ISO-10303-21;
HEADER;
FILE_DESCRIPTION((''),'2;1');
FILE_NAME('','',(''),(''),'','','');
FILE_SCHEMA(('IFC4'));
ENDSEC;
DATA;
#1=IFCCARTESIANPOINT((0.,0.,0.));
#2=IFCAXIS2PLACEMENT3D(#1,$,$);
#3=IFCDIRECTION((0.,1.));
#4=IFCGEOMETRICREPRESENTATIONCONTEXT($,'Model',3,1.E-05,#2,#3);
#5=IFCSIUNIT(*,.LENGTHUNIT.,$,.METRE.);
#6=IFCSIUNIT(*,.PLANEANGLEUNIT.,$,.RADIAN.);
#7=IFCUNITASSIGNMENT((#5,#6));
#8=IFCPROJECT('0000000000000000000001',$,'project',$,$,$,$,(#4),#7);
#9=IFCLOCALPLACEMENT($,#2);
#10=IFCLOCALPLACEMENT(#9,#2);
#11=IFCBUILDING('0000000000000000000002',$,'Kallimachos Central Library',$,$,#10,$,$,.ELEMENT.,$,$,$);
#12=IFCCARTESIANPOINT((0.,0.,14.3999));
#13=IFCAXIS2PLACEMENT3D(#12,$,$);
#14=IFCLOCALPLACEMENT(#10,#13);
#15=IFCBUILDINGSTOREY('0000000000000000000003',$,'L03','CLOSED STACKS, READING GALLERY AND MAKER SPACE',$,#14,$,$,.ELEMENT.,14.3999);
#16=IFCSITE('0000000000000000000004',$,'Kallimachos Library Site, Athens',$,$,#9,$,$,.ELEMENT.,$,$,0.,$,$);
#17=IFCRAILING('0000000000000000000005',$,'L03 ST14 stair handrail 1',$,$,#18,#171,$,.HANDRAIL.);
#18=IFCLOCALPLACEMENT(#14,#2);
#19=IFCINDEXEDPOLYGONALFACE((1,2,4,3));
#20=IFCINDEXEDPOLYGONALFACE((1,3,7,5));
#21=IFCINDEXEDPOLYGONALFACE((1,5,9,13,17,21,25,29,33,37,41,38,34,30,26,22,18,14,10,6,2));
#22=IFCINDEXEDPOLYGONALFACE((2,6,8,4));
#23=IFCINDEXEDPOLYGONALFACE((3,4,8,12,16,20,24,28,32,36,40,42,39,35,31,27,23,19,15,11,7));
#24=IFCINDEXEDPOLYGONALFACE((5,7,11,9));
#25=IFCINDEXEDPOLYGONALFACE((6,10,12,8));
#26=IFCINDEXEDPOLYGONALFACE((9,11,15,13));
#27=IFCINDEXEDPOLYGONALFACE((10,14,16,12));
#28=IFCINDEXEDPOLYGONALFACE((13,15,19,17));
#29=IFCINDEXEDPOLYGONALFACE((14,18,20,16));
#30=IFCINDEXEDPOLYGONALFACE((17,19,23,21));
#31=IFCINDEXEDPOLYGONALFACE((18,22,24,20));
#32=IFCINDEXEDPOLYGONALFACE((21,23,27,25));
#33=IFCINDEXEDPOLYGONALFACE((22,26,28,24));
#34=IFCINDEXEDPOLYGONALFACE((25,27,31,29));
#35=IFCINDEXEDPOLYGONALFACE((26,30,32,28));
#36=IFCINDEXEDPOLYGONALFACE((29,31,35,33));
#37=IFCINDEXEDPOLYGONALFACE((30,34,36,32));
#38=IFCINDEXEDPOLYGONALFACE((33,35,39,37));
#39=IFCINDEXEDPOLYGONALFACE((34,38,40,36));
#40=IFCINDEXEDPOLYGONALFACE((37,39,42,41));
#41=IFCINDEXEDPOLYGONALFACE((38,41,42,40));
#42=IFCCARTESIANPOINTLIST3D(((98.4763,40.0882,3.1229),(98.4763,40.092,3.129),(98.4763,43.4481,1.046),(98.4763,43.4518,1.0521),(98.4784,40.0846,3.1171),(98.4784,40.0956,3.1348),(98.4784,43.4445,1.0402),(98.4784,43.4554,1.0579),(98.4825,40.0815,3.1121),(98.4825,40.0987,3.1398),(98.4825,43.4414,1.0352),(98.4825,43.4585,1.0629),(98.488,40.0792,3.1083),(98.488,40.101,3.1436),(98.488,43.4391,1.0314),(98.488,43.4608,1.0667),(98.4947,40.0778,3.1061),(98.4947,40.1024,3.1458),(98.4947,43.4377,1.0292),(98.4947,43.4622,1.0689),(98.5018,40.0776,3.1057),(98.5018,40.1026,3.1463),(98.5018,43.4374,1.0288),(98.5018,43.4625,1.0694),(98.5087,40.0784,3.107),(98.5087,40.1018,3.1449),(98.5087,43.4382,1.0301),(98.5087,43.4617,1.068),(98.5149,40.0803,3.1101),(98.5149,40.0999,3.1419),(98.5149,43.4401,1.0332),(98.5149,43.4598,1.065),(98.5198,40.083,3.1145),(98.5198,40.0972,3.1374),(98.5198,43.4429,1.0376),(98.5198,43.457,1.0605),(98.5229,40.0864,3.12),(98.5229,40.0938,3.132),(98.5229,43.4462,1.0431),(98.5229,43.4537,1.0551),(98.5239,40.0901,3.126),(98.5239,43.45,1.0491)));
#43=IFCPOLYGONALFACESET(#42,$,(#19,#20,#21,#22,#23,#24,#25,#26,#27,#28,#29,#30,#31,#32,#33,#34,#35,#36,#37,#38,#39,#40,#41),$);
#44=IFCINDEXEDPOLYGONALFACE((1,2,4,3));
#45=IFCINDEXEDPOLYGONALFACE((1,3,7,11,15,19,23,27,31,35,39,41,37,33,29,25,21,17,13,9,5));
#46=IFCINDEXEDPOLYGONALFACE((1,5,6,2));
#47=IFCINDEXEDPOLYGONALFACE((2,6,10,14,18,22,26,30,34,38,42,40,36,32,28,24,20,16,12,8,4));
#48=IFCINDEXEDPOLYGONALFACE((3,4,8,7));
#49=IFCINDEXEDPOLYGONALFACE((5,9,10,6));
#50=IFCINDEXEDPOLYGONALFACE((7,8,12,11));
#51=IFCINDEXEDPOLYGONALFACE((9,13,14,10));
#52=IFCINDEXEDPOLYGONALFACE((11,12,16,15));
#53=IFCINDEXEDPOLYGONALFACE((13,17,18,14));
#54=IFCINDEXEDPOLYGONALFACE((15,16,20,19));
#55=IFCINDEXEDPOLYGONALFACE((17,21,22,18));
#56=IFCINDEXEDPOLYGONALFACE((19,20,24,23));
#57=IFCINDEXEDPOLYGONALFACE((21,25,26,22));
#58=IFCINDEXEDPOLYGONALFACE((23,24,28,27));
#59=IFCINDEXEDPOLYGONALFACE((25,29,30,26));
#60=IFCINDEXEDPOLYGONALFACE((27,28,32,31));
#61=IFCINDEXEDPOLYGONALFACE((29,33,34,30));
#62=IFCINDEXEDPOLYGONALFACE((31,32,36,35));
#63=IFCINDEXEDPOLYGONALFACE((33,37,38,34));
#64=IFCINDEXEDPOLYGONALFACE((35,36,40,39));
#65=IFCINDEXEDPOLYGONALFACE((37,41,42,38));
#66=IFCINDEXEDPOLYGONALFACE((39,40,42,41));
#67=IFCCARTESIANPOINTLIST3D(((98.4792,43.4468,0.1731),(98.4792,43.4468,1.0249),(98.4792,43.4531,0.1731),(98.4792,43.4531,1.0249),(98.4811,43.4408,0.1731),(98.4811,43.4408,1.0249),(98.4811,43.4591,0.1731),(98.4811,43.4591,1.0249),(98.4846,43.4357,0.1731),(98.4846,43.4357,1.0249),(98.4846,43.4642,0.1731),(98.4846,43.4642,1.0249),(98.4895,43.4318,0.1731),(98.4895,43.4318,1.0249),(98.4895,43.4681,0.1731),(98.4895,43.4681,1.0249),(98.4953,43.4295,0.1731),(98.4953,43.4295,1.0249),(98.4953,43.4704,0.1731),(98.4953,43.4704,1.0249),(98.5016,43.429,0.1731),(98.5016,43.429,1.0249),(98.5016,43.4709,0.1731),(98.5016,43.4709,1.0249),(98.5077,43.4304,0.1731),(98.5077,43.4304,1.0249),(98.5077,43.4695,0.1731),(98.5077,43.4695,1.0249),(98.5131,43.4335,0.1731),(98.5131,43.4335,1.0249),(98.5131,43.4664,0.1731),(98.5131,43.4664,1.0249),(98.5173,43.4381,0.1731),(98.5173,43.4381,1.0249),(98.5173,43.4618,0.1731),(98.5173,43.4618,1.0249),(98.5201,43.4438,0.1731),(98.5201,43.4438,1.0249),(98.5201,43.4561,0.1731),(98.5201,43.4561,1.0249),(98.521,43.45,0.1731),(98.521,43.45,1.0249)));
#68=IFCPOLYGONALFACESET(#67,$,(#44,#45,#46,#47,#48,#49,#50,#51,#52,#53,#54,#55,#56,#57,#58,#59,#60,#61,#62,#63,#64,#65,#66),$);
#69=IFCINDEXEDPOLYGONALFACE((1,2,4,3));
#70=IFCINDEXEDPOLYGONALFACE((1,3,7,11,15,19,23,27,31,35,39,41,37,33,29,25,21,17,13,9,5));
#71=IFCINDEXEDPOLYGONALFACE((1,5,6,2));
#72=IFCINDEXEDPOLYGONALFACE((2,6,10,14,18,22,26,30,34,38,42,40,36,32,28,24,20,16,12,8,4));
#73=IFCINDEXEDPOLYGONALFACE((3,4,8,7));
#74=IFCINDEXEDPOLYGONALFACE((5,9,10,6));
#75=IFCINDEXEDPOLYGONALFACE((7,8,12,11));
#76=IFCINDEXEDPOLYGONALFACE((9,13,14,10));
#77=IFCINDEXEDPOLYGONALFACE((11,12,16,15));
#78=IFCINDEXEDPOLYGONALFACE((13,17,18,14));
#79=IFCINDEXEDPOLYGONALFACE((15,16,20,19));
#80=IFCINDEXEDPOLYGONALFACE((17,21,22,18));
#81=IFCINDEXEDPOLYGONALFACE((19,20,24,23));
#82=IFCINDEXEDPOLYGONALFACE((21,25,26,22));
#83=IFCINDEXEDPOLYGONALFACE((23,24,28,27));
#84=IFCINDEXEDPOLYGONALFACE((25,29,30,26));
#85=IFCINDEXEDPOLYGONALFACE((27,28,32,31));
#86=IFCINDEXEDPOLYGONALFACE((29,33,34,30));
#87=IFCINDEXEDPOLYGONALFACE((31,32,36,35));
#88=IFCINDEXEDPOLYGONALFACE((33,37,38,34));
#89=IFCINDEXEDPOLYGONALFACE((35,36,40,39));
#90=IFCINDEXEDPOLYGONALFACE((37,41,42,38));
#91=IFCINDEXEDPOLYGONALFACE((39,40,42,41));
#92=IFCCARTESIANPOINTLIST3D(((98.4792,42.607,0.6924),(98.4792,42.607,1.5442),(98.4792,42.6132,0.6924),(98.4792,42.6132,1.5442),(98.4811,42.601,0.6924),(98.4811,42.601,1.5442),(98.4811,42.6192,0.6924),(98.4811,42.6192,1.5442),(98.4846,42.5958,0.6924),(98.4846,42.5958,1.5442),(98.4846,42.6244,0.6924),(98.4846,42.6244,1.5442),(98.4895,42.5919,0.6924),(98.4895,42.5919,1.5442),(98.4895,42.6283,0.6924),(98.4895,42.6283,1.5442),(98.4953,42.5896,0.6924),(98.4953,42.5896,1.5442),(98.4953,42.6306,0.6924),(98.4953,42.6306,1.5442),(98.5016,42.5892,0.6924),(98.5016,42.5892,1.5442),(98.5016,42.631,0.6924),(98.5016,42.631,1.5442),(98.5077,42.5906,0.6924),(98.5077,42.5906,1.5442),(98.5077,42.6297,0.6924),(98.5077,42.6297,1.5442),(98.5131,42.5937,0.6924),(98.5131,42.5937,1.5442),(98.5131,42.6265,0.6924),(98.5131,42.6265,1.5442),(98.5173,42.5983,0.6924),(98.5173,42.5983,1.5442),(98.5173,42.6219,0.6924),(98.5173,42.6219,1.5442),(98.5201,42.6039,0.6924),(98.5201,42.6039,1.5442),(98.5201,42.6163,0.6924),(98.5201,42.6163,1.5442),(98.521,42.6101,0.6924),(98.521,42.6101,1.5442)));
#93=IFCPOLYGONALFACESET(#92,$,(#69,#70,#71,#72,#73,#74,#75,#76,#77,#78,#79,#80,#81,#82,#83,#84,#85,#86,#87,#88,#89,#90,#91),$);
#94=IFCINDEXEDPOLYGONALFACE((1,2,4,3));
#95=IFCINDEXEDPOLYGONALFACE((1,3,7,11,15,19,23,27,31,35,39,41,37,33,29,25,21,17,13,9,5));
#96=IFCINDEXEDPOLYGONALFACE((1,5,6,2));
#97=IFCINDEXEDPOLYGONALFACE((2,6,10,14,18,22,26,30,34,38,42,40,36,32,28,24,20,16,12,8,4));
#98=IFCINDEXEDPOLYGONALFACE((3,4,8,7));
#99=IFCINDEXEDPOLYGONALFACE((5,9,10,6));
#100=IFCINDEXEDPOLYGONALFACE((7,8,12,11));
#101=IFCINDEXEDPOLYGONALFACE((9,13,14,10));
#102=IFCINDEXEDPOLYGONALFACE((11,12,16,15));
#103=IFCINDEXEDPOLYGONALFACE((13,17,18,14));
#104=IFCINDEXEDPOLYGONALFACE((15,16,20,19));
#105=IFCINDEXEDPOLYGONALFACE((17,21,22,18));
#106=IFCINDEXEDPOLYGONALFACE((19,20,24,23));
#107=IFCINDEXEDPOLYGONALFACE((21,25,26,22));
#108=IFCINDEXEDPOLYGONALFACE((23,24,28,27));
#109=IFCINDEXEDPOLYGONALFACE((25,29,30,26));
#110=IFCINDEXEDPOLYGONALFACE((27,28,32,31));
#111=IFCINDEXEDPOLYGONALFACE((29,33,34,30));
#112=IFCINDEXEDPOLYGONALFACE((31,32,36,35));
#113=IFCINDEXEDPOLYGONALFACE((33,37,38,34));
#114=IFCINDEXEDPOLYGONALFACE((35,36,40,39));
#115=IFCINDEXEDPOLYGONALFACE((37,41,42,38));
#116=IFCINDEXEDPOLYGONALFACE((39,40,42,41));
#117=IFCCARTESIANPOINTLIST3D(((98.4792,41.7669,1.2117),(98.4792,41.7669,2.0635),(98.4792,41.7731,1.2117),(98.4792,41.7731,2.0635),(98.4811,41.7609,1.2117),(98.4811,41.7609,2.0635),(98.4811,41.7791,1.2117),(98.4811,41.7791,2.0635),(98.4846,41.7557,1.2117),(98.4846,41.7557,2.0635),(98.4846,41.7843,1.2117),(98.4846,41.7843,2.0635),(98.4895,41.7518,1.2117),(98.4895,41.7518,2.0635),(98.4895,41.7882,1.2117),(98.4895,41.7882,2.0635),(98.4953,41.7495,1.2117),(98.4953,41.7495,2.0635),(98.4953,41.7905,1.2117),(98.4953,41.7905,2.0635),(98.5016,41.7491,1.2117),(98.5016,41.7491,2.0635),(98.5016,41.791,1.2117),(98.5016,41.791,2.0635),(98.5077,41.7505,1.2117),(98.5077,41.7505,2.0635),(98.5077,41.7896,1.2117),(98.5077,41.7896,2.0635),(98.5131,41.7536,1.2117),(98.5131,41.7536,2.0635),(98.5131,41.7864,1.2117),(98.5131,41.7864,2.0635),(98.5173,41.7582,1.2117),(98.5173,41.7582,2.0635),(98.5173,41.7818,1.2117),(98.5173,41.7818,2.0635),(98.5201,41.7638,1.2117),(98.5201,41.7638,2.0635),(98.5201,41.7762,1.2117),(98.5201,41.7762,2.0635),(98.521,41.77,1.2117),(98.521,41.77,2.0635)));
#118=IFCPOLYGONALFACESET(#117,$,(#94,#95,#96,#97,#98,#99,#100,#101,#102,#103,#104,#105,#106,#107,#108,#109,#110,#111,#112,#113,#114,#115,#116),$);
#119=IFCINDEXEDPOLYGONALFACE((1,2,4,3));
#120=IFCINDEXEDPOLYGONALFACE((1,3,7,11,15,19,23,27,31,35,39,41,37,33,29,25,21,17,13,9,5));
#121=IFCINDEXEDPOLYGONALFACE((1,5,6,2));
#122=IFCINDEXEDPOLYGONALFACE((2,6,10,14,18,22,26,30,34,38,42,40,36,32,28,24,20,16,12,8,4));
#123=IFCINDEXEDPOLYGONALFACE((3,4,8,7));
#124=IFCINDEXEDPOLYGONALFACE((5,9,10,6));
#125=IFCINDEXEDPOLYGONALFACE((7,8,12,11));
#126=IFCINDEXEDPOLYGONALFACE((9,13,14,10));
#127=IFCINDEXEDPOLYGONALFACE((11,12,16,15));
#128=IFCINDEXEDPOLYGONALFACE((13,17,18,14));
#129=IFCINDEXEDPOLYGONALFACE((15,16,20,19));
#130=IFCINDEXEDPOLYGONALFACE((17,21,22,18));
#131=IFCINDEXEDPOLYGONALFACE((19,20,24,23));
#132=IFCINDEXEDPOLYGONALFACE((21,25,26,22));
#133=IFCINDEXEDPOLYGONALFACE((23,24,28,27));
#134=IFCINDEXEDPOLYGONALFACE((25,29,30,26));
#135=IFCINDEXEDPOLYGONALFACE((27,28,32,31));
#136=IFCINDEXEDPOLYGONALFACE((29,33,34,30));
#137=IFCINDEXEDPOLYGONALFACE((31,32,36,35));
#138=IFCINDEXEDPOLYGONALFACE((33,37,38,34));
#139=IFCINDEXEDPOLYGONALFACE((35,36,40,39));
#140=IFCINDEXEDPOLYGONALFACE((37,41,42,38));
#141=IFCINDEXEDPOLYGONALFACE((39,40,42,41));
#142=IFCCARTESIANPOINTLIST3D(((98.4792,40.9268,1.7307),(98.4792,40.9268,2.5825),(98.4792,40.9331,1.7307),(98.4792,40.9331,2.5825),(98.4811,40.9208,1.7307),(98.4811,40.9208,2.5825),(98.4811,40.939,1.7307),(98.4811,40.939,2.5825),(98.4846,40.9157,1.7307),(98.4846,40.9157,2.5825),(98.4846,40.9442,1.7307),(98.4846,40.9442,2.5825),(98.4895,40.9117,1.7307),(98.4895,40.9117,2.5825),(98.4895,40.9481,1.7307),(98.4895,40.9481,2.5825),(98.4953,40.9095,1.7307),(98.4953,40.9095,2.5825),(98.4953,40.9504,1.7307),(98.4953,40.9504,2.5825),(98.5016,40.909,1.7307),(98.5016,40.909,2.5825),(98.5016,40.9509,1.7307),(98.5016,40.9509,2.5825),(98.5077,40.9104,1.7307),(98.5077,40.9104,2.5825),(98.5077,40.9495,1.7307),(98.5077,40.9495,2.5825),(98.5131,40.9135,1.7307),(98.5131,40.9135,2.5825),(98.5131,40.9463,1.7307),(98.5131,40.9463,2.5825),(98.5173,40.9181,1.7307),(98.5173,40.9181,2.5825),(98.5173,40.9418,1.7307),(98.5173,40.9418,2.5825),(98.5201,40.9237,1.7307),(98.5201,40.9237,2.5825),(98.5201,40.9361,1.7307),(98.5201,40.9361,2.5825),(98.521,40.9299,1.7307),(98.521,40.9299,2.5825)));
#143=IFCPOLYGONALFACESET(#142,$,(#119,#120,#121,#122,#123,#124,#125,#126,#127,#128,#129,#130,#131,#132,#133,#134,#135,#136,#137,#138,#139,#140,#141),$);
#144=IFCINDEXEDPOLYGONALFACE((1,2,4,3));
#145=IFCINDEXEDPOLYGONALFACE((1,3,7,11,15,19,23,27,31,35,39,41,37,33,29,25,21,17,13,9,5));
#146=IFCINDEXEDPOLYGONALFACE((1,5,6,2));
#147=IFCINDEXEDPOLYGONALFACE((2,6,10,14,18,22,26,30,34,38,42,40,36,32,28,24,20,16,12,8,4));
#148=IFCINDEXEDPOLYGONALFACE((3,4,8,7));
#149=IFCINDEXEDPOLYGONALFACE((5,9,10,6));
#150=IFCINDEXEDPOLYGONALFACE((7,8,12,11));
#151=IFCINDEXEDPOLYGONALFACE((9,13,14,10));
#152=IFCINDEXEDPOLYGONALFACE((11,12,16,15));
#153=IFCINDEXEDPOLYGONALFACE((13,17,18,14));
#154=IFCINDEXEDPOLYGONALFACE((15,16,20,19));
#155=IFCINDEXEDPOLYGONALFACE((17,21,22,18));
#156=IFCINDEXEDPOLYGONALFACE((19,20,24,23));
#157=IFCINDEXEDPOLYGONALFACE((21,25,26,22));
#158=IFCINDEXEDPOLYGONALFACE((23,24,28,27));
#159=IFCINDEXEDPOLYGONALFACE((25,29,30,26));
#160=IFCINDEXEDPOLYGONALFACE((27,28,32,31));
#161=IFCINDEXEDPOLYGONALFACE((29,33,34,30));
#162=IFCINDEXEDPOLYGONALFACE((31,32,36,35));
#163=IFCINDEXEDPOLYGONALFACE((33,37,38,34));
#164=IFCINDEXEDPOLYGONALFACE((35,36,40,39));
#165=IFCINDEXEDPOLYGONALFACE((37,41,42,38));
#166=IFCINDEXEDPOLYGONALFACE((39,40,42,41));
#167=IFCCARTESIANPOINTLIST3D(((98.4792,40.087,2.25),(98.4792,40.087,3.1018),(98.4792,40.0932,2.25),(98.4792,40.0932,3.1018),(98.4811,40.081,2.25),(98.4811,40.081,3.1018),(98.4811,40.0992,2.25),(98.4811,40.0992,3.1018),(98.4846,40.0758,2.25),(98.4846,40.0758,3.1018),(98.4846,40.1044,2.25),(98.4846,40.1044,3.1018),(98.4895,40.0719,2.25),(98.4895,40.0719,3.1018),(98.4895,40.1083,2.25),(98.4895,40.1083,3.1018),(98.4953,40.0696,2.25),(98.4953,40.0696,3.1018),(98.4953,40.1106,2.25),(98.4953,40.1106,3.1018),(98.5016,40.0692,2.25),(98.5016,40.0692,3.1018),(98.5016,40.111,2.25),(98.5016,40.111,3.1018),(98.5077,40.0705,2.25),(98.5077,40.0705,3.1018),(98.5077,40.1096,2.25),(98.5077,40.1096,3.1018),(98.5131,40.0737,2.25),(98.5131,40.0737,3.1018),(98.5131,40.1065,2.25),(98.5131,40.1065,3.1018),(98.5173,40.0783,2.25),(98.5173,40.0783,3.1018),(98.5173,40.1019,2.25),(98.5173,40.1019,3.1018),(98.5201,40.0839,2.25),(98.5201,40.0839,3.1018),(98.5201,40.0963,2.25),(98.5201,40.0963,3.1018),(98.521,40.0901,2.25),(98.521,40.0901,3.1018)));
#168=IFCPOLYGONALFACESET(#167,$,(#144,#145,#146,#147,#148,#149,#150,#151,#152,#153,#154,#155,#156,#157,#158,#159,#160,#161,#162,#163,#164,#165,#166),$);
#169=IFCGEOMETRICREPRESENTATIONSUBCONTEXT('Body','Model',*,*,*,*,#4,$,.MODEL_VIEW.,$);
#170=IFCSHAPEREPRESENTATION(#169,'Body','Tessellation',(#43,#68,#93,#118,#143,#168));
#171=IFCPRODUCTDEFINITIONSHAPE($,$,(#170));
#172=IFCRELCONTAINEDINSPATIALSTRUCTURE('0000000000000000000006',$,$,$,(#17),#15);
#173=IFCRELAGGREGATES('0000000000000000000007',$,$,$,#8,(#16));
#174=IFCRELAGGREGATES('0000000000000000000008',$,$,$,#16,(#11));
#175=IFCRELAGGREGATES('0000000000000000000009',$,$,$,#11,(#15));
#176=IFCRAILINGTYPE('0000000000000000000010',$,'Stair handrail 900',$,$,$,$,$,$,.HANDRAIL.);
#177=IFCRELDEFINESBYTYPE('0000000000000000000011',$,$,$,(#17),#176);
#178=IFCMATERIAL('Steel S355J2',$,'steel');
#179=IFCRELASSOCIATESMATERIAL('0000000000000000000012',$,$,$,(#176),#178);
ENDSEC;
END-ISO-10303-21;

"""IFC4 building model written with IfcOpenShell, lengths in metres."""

from ifc_helpers import new_model, si_unit, direction, frame, origin, origin_2d, place, context, subcontext, project, spatial, circle, extrude, material, type_object, element, save


model = new_model("IFC4")

# Units and contexts
model_context = context("Model", 3, precision=1e-05, world=origin(), true_north=direction((0.0, 1.0)))
body_context = subcontext(model_context, "Body", "Model", "MODEL_VIEW")
ifc_project = project(units=[si_unit("LENGTHUNIT", "METRE"), si_unit("PLANEANGLEUNIT", "RADIAN")], contexts=[model_context])

# Site, building, storey
site_placement = place(None, origin())
site = spatial("IfcSite", under=ifc_project, at=site_placement, Name="Kallimachos Library Site, Athens", CompositionType="ELEMENT", RefElevation=0.0)
building_placement = place(site_placement, origin())
building = spatial("IfcBuilding", under=site, at=building_placement, Name="Kallimachos Central Library", CompositionType="ELEMENT")
storey_placement = place(building_placement, frame((0.0, 0.0, 14.3999)))
storey = spatial("IfcBuildingStorey", under=building, at=storey_placement, Name="L03", Description="CLOSED STACKS, READING GALLERY AND MAKER SPACE", CompositionType="ELEMENT", Elevation=14.3999)

# Railing
ifc_material_1 = material(Name="Steel S355J2", Category="steel")
railing_type_1 = type_object("IfcRailingType", Name="Stair handrail 900", PredefinedType="HANDRAIL", material=ifc_material_1)
railing_1_placement = place(storey_placement, frame((98.5, 43.45, 0.1731)))
element("IfcRailing", 1, at=railing_1_placement, inside=storey, type_object=railing_type_1, Name="L03 ST14 stair handrail 1", PredefinedType="HANDRAIL", context=body_context, shape_type="SweptSolid", body=[
    extrude(circle(Radius=0.0239, at=origin_2d()), frame((0.0, 0.0, 0.876), z_axis=(0.0, -0.850606, 0.525803), x_axis=(1.0, 0.0, 0.0)), (0.0, 0.0, 1.0), 3.95),
    extrude(circle(Radius=0.021, at=origin_2d()), origin(), (0.0, 0.0, 1.0), 0.8518),
    extrude(circle(Radius=0.021, at=origin_2d()), frame((0.0, -0.8398, 0.5193)), (0.0, 0.0, 1.0), 0.8518),
    extrude(circle(Radius=0.021, at=origin_2d()), frame((0.0, -1.6799, 1.0386)), (0.0, 0.0, 1.0), 0.8518),
    extrude(circle(Radius=0.021, at=origin_2d()), frame((0.0, -2.52, 1.5576)), (0.0, 0.0, 1.0), 0.8518),
    extrude(circle(Radius=0.021, at=origin_2d()), frame((0.0, -3.3599, 2.0769)), (0.0, 0.0, 1.0), 0.8518),
])

save(model, "model.ifc")
